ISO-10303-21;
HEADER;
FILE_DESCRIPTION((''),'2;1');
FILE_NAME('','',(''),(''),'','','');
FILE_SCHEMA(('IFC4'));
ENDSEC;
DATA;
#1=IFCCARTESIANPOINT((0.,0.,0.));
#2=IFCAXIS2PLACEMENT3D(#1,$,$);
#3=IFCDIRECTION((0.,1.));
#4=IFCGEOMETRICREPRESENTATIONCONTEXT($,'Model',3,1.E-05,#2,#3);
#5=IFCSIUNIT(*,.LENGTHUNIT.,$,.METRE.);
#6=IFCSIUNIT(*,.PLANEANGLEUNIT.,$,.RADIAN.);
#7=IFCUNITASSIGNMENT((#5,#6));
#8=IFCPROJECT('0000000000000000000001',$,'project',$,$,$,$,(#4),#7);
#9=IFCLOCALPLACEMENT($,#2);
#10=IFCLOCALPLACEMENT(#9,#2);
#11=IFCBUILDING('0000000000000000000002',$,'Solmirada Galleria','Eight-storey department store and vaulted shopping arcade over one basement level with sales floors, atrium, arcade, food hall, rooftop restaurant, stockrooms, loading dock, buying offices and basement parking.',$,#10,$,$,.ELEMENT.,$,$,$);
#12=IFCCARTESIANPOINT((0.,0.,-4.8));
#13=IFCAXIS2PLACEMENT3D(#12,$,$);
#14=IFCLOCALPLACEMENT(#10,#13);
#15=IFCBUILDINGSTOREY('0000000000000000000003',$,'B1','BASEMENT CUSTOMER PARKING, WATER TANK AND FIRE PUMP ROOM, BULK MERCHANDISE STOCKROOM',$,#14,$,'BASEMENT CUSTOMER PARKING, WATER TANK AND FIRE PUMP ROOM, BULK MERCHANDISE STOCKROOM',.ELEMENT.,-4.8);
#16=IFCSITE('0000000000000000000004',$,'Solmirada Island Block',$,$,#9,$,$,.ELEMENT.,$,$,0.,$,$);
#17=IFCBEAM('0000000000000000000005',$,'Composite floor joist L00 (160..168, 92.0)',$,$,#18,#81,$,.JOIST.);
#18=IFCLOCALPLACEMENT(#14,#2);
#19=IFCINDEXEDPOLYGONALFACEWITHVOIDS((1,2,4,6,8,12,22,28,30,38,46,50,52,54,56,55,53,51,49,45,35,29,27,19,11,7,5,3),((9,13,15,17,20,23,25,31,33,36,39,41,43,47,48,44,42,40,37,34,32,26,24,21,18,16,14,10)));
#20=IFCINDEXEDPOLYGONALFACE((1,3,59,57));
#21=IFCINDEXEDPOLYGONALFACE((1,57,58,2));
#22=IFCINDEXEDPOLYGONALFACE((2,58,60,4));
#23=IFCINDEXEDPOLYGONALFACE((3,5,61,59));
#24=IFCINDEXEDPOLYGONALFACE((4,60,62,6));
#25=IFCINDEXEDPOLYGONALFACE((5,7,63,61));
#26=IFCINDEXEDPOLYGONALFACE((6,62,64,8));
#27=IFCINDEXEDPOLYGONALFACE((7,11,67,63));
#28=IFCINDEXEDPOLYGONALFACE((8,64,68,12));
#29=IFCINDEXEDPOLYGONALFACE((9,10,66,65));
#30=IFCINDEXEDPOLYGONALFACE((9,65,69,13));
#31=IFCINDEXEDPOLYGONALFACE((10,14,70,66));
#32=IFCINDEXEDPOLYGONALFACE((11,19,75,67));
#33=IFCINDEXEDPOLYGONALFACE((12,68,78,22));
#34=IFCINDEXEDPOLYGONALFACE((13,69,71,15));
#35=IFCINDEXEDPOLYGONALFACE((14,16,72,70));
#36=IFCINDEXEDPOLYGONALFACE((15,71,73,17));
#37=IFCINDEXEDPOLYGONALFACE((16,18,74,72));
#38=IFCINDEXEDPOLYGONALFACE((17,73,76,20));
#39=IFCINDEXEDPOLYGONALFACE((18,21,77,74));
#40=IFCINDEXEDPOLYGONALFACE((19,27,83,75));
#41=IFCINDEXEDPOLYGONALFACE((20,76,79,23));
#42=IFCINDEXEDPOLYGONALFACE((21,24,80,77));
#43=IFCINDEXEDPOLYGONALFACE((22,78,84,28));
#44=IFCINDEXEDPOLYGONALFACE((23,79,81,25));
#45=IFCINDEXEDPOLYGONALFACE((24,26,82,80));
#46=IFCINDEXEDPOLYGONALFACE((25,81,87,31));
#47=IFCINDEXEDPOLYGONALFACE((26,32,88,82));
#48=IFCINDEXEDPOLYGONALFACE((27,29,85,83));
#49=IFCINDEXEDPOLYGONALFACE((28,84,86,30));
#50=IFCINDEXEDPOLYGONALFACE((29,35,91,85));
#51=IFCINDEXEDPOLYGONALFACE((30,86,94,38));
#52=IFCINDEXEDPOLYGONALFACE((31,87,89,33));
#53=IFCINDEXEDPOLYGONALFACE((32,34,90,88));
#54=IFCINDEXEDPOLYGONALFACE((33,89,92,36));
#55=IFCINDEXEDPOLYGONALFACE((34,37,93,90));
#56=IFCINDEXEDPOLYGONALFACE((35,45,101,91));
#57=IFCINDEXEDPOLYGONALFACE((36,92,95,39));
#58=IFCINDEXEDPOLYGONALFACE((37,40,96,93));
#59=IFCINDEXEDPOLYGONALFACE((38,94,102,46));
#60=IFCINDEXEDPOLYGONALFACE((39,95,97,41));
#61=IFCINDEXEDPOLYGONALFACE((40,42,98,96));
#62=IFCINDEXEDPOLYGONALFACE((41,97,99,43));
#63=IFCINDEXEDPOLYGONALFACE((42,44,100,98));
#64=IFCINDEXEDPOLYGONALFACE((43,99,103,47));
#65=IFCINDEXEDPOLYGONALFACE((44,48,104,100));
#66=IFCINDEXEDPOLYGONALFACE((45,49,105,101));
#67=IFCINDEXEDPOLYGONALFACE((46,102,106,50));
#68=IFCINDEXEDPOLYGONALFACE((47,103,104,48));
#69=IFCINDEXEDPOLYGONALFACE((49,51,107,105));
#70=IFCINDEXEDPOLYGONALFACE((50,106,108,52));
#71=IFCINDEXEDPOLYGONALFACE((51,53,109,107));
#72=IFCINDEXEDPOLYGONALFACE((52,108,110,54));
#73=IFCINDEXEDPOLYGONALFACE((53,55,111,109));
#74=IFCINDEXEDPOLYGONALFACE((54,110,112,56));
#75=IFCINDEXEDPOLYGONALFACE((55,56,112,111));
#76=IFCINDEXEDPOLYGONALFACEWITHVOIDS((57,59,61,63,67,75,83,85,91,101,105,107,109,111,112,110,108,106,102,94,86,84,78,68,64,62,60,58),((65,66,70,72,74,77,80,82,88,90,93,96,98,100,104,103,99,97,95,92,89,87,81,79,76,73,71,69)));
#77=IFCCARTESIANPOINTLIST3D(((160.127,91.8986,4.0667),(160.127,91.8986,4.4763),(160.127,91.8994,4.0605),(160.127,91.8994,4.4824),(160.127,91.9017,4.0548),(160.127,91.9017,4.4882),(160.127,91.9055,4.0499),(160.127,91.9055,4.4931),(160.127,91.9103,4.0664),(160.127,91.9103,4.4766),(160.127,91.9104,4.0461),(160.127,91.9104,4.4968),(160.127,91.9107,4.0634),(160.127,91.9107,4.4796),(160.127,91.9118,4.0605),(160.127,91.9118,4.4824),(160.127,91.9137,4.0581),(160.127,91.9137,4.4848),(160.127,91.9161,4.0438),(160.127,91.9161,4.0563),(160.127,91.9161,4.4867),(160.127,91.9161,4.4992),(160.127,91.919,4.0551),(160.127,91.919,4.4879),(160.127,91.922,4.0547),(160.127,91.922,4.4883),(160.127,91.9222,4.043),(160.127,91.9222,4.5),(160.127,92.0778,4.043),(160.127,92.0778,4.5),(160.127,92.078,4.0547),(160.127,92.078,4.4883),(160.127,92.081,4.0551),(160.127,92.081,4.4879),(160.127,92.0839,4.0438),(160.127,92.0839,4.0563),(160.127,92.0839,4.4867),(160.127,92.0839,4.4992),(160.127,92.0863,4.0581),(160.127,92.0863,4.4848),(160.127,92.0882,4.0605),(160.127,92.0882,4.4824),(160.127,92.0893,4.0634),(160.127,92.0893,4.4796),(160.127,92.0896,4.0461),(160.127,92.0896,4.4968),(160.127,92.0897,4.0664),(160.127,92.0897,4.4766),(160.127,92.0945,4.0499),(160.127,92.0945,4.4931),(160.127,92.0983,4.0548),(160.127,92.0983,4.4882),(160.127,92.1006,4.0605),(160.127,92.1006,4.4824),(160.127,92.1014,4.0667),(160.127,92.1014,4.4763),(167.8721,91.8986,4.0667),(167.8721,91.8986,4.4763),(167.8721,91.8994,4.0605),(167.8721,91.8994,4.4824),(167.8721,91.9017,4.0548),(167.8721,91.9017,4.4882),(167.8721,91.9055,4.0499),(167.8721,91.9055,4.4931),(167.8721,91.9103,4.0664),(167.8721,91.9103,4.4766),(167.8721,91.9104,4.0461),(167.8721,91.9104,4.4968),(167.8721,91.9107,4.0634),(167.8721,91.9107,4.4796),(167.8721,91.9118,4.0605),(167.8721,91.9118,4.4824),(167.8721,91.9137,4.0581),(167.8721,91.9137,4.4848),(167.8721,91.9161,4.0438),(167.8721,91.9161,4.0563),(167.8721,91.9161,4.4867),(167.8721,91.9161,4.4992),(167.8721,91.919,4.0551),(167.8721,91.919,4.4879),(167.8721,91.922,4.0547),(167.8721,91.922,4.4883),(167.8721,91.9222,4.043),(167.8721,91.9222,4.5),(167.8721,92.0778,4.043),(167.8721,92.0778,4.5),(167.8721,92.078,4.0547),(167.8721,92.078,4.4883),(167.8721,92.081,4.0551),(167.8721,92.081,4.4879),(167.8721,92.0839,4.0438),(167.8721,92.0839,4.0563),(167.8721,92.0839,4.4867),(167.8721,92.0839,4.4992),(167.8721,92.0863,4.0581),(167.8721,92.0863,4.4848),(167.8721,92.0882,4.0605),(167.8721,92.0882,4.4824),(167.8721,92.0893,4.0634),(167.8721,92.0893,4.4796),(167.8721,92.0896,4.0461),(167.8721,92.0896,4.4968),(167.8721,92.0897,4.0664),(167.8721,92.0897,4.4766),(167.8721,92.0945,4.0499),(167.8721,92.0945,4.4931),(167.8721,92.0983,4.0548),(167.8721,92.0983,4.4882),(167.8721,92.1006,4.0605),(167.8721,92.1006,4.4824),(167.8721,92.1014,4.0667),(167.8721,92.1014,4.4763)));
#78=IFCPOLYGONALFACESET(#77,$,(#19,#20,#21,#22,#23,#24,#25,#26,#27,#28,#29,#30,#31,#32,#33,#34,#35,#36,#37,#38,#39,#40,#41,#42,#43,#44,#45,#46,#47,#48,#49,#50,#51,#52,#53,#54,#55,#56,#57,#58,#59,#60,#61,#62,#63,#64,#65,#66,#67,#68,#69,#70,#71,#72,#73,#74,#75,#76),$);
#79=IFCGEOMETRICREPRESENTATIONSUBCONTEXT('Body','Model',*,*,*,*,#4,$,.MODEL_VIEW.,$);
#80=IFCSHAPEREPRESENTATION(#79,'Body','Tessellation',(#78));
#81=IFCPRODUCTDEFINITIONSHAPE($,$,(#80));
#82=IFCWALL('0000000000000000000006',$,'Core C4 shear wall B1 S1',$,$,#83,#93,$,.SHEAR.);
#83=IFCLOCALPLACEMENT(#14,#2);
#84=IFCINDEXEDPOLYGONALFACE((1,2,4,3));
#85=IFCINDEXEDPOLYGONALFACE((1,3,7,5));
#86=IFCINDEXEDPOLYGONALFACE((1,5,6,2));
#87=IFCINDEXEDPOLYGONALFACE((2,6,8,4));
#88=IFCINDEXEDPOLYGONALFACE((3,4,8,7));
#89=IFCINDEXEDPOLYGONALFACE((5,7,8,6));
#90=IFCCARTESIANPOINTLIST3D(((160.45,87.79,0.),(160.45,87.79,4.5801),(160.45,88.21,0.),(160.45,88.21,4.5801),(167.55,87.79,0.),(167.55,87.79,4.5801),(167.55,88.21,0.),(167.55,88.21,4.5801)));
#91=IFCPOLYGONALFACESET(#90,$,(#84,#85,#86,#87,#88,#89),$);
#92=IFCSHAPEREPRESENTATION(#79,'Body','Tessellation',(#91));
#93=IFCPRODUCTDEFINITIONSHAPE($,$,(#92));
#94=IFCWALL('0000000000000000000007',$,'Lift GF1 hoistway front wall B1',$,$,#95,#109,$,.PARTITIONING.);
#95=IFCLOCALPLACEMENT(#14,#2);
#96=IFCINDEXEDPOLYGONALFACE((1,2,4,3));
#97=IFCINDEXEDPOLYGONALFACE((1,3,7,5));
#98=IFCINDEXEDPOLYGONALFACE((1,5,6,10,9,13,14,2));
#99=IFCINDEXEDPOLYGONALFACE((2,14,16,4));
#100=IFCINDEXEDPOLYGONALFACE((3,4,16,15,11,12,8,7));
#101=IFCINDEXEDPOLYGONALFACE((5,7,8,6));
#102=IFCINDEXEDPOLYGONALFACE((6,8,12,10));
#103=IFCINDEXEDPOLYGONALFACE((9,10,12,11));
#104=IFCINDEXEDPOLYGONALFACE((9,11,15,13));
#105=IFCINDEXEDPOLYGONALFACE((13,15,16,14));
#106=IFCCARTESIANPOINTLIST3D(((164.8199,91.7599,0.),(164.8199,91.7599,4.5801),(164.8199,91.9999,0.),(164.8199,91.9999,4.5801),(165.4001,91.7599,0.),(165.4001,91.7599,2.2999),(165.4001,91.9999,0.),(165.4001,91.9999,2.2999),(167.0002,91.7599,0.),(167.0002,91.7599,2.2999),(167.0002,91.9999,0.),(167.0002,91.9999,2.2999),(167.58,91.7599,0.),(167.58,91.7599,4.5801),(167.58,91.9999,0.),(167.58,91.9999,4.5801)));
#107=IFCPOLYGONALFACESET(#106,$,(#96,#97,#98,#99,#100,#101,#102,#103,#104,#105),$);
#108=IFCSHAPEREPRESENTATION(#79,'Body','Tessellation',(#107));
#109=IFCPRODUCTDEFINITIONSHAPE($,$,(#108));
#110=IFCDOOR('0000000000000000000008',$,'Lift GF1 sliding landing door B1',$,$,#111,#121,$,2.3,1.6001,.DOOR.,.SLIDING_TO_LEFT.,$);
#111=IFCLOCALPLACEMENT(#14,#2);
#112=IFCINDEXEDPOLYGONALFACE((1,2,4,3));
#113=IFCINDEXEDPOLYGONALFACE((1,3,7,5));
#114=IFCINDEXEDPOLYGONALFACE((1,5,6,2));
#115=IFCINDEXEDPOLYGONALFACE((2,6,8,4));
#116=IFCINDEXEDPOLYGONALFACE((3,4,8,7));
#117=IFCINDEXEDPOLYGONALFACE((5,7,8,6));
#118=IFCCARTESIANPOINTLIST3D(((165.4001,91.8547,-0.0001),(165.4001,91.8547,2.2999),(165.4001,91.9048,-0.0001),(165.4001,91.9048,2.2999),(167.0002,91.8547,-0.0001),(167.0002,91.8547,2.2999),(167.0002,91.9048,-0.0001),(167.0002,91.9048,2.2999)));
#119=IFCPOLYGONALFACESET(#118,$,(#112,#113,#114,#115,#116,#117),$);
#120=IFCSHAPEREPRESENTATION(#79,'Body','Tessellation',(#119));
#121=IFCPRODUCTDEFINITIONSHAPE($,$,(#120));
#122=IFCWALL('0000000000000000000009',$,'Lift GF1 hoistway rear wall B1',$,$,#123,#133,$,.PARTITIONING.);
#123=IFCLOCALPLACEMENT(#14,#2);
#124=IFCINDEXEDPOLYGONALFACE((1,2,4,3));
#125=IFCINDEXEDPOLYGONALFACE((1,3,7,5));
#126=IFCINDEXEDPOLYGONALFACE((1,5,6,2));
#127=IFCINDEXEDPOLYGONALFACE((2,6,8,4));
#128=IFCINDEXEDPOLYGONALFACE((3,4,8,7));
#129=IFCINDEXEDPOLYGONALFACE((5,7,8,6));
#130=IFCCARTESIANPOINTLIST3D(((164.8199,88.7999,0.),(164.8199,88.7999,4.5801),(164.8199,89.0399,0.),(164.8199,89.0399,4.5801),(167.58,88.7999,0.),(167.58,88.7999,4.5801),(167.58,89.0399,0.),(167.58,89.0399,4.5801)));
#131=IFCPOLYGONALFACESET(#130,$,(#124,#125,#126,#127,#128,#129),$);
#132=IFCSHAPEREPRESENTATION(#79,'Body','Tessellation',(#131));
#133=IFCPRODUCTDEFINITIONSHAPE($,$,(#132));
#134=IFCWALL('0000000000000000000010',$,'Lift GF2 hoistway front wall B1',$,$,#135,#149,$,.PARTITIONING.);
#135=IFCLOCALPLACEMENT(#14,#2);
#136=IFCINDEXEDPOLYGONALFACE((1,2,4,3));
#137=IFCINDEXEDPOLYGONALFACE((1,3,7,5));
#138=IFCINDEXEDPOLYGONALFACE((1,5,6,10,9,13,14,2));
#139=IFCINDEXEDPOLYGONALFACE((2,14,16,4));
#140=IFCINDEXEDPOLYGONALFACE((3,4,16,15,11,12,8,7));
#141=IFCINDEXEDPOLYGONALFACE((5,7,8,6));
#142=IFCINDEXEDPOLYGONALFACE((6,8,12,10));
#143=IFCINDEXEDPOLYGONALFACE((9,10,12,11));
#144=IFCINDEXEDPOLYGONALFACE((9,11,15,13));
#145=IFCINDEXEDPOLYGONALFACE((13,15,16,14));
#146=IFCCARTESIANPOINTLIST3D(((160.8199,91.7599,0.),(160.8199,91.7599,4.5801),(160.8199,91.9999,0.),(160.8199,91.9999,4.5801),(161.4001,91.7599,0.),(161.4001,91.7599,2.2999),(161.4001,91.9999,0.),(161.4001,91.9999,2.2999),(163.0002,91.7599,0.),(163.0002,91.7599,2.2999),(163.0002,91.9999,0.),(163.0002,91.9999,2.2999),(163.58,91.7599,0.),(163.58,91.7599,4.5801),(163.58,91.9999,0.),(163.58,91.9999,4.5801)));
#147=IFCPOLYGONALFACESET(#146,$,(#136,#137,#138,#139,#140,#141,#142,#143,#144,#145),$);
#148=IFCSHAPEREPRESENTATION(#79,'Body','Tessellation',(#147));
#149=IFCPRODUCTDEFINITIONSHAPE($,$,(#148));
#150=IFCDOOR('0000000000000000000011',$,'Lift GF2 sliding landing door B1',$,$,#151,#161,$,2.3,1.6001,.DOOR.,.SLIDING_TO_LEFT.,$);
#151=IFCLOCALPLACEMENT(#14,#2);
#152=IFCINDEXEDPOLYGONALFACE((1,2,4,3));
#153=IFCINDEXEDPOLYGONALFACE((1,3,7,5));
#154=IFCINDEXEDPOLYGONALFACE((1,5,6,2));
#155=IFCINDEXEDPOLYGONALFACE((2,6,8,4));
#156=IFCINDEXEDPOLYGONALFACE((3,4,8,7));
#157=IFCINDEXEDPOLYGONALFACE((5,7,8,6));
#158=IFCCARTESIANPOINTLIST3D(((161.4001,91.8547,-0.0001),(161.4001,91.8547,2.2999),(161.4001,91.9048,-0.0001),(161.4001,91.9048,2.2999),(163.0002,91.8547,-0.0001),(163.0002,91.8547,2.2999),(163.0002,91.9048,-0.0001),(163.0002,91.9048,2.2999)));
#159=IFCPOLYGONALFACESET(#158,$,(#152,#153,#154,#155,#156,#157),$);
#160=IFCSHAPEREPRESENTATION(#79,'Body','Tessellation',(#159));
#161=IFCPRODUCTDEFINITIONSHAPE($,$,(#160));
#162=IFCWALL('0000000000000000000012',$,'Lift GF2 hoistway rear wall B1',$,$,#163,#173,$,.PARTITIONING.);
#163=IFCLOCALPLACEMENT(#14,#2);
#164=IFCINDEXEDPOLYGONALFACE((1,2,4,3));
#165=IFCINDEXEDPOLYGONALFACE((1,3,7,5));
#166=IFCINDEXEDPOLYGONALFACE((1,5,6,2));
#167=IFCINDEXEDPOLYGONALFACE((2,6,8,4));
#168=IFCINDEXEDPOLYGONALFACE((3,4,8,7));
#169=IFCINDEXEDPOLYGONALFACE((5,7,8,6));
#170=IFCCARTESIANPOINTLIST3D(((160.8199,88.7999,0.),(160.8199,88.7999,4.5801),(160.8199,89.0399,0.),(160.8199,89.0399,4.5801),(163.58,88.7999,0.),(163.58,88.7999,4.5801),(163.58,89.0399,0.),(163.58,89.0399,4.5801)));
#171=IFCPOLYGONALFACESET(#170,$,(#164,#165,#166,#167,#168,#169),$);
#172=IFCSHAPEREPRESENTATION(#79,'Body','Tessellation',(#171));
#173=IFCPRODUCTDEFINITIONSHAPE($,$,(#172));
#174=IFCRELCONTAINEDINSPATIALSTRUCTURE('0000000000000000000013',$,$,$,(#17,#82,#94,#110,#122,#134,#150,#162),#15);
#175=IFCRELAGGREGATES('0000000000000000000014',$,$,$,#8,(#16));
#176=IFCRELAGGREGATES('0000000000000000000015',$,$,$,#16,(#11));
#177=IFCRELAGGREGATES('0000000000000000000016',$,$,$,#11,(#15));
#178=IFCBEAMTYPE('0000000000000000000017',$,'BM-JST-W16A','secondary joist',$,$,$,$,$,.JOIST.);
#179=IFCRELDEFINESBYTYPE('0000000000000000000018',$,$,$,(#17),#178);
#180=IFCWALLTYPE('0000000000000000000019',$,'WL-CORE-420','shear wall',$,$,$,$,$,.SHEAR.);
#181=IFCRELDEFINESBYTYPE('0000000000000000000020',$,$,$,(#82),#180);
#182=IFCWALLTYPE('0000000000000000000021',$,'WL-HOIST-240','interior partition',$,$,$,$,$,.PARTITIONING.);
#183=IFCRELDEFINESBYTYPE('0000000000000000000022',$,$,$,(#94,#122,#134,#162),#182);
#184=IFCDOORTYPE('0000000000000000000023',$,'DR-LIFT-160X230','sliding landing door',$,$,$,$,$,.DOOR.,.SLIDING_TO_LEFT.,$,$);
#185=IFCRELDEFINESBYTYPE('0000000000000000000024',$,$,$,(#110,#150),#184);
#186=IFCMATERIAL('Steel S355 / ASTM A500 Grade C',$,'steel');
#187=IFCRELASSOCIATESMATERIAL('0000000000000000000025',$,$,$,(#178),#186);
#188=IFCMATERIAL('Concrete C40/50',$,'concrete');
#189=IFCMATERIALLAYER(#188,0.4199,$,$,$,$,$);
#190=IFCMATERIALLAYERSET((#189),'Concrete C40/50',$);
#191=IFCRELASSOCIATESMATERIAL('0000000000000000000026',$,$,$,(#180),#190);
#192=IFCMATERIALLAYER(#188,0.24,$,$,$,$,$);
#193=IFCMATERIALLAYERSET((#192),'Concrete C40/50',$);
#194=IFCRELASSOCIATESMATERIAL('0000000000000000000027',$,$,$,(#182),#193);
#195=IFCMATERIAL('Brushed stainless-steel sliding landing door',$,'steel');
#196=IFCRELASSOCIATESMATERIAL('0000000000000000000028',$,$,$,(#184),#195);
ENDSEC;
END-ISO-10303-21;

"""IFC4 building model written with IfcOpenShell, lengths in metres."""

from ifc_helpers import new_model, si_unit, direction, frame, frame_2d, origin, origin_2d, place, context, subcontext, project, spatial, rectangle, hollow_rectangle, extrude, material, layer, layer_set, material_profile, profile_set, type_object, element, fill, save


model = new_model("IFC4")

# Units and contexts
model_context = context("Model", 3, precision=1e-05, world=origin(), true_north=direction((0.0, 1.0)))
body_context = subcontext(model_context, "Body", "Model", "MODEL_VIEW")
ifc_project = project(units=[si_unit("LENGTHUNIT", "METRE"), si_unit("PLANEANGLEUNIT", "RADIAN")], contexts=[model_context])

# Site, building, storey
site_placement = place(None, origin())
site = spatial("IfcSite", under=ifc_project, at=site_placement, Name="Solmirada Island Block", CompositionType="ELEMENT", RefElevation=0.0)
building_placement = place(site_placement, origin())
building = spatial("IfcBuilding", under=site, at=building_placement, Name="Solmirada Galleria", Description="Eight-storey department store and vaulted shopping arcade over one basement level with sales floors, atrium, arcade, food hall, rooftop restaurant, stockrooms, loading dock, buying offices and basement parking.", CompositionType="ELEMENT")
storey_placement = place(building_placement, frame((0.0, 0.0, -4.8)))
storey = spatial("IfcBuildingStorey", under=building, at=storey_placement, Name="B1", Description="BASEMENT CUSTOMER PARKING, WATER TANK AND FIRE PUMP ROOM, BULK MERCHANDISE STOCKROOM", LongName="BASEMENT CUSTOMER PARKING, WATER TANK AND FIRE PUMP ROOM, BULK MERCHANDISE STOCKROOM", CompositionType="ELEMENT", Elevation=-4.8)

# Shared definitions
ifc_material_1 = material(Name="Concrete C40/50", Category="concrete")

# Beam
ifc_material_2 = material(Name="Steel S355 / ASTM A500 Grade C", Category="steel")
ifc_material_profile_1 = material_profile(ifc_material_2, hollow_rectangle(XDim=0.2029, YDim=0.457, WallThickness=0.0117, InnerFilletRadius=0.0117, OuterFilletRadius=0.0237, at=origin_2d()), Name="HSS18X8X1/2")
ifc_profile_set_1 = profile_set([ifc_material_profile_1], Name="Steel S355 / ASTM A500 Grade C")
beam_type_1 = type_object("IfcBeamType", Name="BM-JST-W16A", Description="secondary joist", PredefinedType="JOIST", material=ifc_profile_set_1)
beam_1_placement = place(storey_placement, frame((160.127, 92.0, 4.2715), z_axis=(1.0, 0.0, 0.0), x_axis=(0.0, 1.0, 0.0)))
element("IfcBeam", 1, at=beam_1_placement, inside=storey, type_object=beam_type_1, Name="Composite floor joist L00 (160..168, 92.0)", PredefinedType="JOIST", context=body_context, shape_type="SweptSolid", body=[
    extrude(hollow_rectangle(XDim=0.2029, YDim=0.457, WallThickness=0.0117, InnerFilletRadius=0.0117, OuterFilletRadius=0.0237, at=origin_2d()), origin(), (0.0, 0.0, 1.0), 7.7451),
])

# Wall
ifc_layer_1 = layer(ifc_material_1, 0.4199)
ifc_layer_set_1 = layer_set([ifc_layer_1], Name="Concrete C40/50")
wall_type_1 = type_object("IfcWallType", Name="WL-CORE-420", Description="shear wall", PredefinedType="SHEAR", material=ifc_layer_set_1)
wall_1_placement = place(storey_placement, frame((160.45, 88.0, 0.0), z_axis=(0.0, 0.0, 1.0), x_axis=(1.0, 0.0, 0.0)))
element("IfcWall", 2, at=wall_1_placement, inside=storey, type_object=wall_type_1, Name="Core C4 shear wall B1 S1", PredefinedType="SHEAR", context=body_context, shape_type="SweptSolid", body=[
    extrude(rectangle(XDim=7.1001, YDim=0.4199, at=frame_2d((3.55, 0.0))), origin(), (0.0, 0.0, 1.0), 4.5801),
])

# Wall, opening, door
ifc_layer_2 = layer(ifc_material_1, 0.24)
ifc_layer_set_2 = layer_set([ifc_layer_2], Name="Concrete C40/50")
wall_type_2 = type_object("IfcWallType", Name="WL-HOIST-240", Description="interior partition", PredefinedType="PARTITIONING", material=ifc_layer_set_2)
wall_2_placement = place(storey_placement, frame((164.8201, 91.8799, 0.0), z_axis=(0.0, 0.0, 1.0), x_axis=(1.0, 0.0, 0.0)))
wall_2 = element("IfcWall", 3, at=wall_2_placement, inside=storey, type_object=wall_type_2, Name="Lift GF1 hoistway front wall B1", PredefinedType="PARTITIONING", context=body_context, shape_type="SweptSolid", body=[
    extrude(rectangle(XDim=2.76, YDim=0.24, at=frame_2d((1.3799, 0.0))), origin(), (0.0, 0.0, 1.0), 4.5801),
])
opening_1_placement = place(wall_2_placement, frame((0.5801, 0.0, 0.0)))
opening_1 = element("IfcOpeningElement", 4, at=opening_1_placement, cuts=wall_2, PredefinedType="OPENING", context=body_context, shape_type="SweptSolid", body=[
    extrude(rectangle(XDim=1.6001, YDim=2.3, at=frame_2d((0.8, 1.1499))), frame((0.0, 0.1299, 0.0), z_axis=(0.0, -1.0, 0.0), x_axis=(1.0, 0.0, 0.0)), (0.0, 0.0, 1.0), 0.26),
])
ifc_material_3 = material(Name="Brushed stainless-steel sliding landing door", Category="steel")
door_type = type_object("IfcDoorType", Name="DR-LIFT-160X230", Description="sliding landing door", OperationType="SLIDING_TO_LEFT", PredefinedType="DOOR", material=ifc_material_3)
door_1_placement = place(opening_1_placement, origin())
door_1 = element("IfcDoor", 5, at=door_1_placement, inside=storey, type_object=door_type, Name="Lift GF1 sliding landing door B1", OperationType="SLIDING_TO_LEFT", OverallHeight=2.3, OverallWidth=1.6001, PredefinedType="DOOR", context=body_context, shape_type="SweptSolid", body=[
    extrude(rectangle(XDim=1.6001, YDim=2.3, at=frame_2d((0.8, 1.1499))), frame((0.0, 0.0249, 0.0), z_axis=(0.0, -1.0, 0.0), x_axis=(1.0, 0.0, 0.0)), (0.0, 0.0, 1.0), 0.05),
])
fill(opening_1, door_1)

# Wall
wall_3_placement = place(storey_placement, frame((164.8201, 88.9199, 0.0), z_axis=(0.0, 0.0, 1.0), x_axis=(1.0, 0.0, 0.0)))
element("IfcWall", 6, at=wall_3_placement, inside=storey, type_object=wall_type_2, Name="Lift GF1 hoistway rear wall B1", PredefinedType="PARTITIONING", context=body_context, shape_type="SweptSolid", body=[
    extrude(rectangle(XDim=2.76, YDim=0.24, at=frame_2d((1.3799, 0.0))), origin(), (0.0, 0.0, 1.0), 4.5801),
])

# Wall, opening, door
wall_4_placement = place(storey_placement, frame((160.8201, 91.8799, 0.0), z_axis=(0.0, 0.0, 1.0), x_axis=(1.0, 0.0, 0.0)))
wall_4 = element("IfcWall", 7, at=wall_4_placement, inside=storey, type_object=wall_type_2, Name="Lift GF2 hoistway front wall B1", PredefinedType="PARTITIONING", context=body_context, shape_type="SweptSolid", body=[
    extrude(rectangle(XDim=2.76, YDim=0.24, at=frame_2d((1.3799, 0.0))), origin(), (0.0, 0.0, 1.0), 4.5801),
])
opening_2_placement = place(wall_4_placement, frame((0.5801, 0.0, 0.0)))
opening_2 = element("IfcOpeningElement", 8, at=opening_2_placement, cuts=wall_4, PredefinedType="OPENING", context=body_context, shape_type="SweptSolid", body=[
    extrude(rectangle(XDim=1.6001, YDim=2.3, at=frame_2d((0.8, 1.1499))), frame((0.0, 0.1299, 0.0), z_axis=(0.0, -1.0, 0.0), x_axis=(1.0, 0.0, 0.0)), (0.0, 0.0, 1.0), 0.26),
])
door_2_placement = place(opening_2_placement, origin())
door_2 = element("IfcDoor", 9, at=door_2_placement, inside=storey, type_object=door_type, Name="Lift GF2 sliding landing door B1", OperationType="SLIDING_TO_LEFT", OverallHeight=2.3, OverallWidth=1.6001, PredefinedType="DOOR", context=body_context, shape_type="SweptSolid", body=[
    extrude(rectangle(XDim=1.6001, YDim=2.3, at=frame_2d((0.8, 1.1499))), frame((0.0, 0.0249, 0.0), z_axis=(0.0, -1.0, 0.0), x_axis=(1.0, 0.0, 0.0)), (0.0, 0.0, 1.0), 0.05),
])
fill(opening_2, door_2)

# Wall
wall_5_placement = place(storey_placement, frame((160.8201, 88.9199, 0.0), z_axis=(0.0, 0.0, 1.0), x_axis=(1.0, 0.0, 0.0)))
element("IfcWall", 10, at=wall_5_placement, inside=storey, type_object=wall_type_2, Name="Lift GF2 hoistway rear wall B1", PredefinedType="PARTITIONING", context=body_context, shape_type="SweptSolid", body=[
    extrude(rectangle(XDim=2.76, YDim=0.24, at=frame_2d((1.3799, 0.0))), origin(), (0.0, 0.0, 1.0), 4.5801),
])

save(model, "model.ifc")
